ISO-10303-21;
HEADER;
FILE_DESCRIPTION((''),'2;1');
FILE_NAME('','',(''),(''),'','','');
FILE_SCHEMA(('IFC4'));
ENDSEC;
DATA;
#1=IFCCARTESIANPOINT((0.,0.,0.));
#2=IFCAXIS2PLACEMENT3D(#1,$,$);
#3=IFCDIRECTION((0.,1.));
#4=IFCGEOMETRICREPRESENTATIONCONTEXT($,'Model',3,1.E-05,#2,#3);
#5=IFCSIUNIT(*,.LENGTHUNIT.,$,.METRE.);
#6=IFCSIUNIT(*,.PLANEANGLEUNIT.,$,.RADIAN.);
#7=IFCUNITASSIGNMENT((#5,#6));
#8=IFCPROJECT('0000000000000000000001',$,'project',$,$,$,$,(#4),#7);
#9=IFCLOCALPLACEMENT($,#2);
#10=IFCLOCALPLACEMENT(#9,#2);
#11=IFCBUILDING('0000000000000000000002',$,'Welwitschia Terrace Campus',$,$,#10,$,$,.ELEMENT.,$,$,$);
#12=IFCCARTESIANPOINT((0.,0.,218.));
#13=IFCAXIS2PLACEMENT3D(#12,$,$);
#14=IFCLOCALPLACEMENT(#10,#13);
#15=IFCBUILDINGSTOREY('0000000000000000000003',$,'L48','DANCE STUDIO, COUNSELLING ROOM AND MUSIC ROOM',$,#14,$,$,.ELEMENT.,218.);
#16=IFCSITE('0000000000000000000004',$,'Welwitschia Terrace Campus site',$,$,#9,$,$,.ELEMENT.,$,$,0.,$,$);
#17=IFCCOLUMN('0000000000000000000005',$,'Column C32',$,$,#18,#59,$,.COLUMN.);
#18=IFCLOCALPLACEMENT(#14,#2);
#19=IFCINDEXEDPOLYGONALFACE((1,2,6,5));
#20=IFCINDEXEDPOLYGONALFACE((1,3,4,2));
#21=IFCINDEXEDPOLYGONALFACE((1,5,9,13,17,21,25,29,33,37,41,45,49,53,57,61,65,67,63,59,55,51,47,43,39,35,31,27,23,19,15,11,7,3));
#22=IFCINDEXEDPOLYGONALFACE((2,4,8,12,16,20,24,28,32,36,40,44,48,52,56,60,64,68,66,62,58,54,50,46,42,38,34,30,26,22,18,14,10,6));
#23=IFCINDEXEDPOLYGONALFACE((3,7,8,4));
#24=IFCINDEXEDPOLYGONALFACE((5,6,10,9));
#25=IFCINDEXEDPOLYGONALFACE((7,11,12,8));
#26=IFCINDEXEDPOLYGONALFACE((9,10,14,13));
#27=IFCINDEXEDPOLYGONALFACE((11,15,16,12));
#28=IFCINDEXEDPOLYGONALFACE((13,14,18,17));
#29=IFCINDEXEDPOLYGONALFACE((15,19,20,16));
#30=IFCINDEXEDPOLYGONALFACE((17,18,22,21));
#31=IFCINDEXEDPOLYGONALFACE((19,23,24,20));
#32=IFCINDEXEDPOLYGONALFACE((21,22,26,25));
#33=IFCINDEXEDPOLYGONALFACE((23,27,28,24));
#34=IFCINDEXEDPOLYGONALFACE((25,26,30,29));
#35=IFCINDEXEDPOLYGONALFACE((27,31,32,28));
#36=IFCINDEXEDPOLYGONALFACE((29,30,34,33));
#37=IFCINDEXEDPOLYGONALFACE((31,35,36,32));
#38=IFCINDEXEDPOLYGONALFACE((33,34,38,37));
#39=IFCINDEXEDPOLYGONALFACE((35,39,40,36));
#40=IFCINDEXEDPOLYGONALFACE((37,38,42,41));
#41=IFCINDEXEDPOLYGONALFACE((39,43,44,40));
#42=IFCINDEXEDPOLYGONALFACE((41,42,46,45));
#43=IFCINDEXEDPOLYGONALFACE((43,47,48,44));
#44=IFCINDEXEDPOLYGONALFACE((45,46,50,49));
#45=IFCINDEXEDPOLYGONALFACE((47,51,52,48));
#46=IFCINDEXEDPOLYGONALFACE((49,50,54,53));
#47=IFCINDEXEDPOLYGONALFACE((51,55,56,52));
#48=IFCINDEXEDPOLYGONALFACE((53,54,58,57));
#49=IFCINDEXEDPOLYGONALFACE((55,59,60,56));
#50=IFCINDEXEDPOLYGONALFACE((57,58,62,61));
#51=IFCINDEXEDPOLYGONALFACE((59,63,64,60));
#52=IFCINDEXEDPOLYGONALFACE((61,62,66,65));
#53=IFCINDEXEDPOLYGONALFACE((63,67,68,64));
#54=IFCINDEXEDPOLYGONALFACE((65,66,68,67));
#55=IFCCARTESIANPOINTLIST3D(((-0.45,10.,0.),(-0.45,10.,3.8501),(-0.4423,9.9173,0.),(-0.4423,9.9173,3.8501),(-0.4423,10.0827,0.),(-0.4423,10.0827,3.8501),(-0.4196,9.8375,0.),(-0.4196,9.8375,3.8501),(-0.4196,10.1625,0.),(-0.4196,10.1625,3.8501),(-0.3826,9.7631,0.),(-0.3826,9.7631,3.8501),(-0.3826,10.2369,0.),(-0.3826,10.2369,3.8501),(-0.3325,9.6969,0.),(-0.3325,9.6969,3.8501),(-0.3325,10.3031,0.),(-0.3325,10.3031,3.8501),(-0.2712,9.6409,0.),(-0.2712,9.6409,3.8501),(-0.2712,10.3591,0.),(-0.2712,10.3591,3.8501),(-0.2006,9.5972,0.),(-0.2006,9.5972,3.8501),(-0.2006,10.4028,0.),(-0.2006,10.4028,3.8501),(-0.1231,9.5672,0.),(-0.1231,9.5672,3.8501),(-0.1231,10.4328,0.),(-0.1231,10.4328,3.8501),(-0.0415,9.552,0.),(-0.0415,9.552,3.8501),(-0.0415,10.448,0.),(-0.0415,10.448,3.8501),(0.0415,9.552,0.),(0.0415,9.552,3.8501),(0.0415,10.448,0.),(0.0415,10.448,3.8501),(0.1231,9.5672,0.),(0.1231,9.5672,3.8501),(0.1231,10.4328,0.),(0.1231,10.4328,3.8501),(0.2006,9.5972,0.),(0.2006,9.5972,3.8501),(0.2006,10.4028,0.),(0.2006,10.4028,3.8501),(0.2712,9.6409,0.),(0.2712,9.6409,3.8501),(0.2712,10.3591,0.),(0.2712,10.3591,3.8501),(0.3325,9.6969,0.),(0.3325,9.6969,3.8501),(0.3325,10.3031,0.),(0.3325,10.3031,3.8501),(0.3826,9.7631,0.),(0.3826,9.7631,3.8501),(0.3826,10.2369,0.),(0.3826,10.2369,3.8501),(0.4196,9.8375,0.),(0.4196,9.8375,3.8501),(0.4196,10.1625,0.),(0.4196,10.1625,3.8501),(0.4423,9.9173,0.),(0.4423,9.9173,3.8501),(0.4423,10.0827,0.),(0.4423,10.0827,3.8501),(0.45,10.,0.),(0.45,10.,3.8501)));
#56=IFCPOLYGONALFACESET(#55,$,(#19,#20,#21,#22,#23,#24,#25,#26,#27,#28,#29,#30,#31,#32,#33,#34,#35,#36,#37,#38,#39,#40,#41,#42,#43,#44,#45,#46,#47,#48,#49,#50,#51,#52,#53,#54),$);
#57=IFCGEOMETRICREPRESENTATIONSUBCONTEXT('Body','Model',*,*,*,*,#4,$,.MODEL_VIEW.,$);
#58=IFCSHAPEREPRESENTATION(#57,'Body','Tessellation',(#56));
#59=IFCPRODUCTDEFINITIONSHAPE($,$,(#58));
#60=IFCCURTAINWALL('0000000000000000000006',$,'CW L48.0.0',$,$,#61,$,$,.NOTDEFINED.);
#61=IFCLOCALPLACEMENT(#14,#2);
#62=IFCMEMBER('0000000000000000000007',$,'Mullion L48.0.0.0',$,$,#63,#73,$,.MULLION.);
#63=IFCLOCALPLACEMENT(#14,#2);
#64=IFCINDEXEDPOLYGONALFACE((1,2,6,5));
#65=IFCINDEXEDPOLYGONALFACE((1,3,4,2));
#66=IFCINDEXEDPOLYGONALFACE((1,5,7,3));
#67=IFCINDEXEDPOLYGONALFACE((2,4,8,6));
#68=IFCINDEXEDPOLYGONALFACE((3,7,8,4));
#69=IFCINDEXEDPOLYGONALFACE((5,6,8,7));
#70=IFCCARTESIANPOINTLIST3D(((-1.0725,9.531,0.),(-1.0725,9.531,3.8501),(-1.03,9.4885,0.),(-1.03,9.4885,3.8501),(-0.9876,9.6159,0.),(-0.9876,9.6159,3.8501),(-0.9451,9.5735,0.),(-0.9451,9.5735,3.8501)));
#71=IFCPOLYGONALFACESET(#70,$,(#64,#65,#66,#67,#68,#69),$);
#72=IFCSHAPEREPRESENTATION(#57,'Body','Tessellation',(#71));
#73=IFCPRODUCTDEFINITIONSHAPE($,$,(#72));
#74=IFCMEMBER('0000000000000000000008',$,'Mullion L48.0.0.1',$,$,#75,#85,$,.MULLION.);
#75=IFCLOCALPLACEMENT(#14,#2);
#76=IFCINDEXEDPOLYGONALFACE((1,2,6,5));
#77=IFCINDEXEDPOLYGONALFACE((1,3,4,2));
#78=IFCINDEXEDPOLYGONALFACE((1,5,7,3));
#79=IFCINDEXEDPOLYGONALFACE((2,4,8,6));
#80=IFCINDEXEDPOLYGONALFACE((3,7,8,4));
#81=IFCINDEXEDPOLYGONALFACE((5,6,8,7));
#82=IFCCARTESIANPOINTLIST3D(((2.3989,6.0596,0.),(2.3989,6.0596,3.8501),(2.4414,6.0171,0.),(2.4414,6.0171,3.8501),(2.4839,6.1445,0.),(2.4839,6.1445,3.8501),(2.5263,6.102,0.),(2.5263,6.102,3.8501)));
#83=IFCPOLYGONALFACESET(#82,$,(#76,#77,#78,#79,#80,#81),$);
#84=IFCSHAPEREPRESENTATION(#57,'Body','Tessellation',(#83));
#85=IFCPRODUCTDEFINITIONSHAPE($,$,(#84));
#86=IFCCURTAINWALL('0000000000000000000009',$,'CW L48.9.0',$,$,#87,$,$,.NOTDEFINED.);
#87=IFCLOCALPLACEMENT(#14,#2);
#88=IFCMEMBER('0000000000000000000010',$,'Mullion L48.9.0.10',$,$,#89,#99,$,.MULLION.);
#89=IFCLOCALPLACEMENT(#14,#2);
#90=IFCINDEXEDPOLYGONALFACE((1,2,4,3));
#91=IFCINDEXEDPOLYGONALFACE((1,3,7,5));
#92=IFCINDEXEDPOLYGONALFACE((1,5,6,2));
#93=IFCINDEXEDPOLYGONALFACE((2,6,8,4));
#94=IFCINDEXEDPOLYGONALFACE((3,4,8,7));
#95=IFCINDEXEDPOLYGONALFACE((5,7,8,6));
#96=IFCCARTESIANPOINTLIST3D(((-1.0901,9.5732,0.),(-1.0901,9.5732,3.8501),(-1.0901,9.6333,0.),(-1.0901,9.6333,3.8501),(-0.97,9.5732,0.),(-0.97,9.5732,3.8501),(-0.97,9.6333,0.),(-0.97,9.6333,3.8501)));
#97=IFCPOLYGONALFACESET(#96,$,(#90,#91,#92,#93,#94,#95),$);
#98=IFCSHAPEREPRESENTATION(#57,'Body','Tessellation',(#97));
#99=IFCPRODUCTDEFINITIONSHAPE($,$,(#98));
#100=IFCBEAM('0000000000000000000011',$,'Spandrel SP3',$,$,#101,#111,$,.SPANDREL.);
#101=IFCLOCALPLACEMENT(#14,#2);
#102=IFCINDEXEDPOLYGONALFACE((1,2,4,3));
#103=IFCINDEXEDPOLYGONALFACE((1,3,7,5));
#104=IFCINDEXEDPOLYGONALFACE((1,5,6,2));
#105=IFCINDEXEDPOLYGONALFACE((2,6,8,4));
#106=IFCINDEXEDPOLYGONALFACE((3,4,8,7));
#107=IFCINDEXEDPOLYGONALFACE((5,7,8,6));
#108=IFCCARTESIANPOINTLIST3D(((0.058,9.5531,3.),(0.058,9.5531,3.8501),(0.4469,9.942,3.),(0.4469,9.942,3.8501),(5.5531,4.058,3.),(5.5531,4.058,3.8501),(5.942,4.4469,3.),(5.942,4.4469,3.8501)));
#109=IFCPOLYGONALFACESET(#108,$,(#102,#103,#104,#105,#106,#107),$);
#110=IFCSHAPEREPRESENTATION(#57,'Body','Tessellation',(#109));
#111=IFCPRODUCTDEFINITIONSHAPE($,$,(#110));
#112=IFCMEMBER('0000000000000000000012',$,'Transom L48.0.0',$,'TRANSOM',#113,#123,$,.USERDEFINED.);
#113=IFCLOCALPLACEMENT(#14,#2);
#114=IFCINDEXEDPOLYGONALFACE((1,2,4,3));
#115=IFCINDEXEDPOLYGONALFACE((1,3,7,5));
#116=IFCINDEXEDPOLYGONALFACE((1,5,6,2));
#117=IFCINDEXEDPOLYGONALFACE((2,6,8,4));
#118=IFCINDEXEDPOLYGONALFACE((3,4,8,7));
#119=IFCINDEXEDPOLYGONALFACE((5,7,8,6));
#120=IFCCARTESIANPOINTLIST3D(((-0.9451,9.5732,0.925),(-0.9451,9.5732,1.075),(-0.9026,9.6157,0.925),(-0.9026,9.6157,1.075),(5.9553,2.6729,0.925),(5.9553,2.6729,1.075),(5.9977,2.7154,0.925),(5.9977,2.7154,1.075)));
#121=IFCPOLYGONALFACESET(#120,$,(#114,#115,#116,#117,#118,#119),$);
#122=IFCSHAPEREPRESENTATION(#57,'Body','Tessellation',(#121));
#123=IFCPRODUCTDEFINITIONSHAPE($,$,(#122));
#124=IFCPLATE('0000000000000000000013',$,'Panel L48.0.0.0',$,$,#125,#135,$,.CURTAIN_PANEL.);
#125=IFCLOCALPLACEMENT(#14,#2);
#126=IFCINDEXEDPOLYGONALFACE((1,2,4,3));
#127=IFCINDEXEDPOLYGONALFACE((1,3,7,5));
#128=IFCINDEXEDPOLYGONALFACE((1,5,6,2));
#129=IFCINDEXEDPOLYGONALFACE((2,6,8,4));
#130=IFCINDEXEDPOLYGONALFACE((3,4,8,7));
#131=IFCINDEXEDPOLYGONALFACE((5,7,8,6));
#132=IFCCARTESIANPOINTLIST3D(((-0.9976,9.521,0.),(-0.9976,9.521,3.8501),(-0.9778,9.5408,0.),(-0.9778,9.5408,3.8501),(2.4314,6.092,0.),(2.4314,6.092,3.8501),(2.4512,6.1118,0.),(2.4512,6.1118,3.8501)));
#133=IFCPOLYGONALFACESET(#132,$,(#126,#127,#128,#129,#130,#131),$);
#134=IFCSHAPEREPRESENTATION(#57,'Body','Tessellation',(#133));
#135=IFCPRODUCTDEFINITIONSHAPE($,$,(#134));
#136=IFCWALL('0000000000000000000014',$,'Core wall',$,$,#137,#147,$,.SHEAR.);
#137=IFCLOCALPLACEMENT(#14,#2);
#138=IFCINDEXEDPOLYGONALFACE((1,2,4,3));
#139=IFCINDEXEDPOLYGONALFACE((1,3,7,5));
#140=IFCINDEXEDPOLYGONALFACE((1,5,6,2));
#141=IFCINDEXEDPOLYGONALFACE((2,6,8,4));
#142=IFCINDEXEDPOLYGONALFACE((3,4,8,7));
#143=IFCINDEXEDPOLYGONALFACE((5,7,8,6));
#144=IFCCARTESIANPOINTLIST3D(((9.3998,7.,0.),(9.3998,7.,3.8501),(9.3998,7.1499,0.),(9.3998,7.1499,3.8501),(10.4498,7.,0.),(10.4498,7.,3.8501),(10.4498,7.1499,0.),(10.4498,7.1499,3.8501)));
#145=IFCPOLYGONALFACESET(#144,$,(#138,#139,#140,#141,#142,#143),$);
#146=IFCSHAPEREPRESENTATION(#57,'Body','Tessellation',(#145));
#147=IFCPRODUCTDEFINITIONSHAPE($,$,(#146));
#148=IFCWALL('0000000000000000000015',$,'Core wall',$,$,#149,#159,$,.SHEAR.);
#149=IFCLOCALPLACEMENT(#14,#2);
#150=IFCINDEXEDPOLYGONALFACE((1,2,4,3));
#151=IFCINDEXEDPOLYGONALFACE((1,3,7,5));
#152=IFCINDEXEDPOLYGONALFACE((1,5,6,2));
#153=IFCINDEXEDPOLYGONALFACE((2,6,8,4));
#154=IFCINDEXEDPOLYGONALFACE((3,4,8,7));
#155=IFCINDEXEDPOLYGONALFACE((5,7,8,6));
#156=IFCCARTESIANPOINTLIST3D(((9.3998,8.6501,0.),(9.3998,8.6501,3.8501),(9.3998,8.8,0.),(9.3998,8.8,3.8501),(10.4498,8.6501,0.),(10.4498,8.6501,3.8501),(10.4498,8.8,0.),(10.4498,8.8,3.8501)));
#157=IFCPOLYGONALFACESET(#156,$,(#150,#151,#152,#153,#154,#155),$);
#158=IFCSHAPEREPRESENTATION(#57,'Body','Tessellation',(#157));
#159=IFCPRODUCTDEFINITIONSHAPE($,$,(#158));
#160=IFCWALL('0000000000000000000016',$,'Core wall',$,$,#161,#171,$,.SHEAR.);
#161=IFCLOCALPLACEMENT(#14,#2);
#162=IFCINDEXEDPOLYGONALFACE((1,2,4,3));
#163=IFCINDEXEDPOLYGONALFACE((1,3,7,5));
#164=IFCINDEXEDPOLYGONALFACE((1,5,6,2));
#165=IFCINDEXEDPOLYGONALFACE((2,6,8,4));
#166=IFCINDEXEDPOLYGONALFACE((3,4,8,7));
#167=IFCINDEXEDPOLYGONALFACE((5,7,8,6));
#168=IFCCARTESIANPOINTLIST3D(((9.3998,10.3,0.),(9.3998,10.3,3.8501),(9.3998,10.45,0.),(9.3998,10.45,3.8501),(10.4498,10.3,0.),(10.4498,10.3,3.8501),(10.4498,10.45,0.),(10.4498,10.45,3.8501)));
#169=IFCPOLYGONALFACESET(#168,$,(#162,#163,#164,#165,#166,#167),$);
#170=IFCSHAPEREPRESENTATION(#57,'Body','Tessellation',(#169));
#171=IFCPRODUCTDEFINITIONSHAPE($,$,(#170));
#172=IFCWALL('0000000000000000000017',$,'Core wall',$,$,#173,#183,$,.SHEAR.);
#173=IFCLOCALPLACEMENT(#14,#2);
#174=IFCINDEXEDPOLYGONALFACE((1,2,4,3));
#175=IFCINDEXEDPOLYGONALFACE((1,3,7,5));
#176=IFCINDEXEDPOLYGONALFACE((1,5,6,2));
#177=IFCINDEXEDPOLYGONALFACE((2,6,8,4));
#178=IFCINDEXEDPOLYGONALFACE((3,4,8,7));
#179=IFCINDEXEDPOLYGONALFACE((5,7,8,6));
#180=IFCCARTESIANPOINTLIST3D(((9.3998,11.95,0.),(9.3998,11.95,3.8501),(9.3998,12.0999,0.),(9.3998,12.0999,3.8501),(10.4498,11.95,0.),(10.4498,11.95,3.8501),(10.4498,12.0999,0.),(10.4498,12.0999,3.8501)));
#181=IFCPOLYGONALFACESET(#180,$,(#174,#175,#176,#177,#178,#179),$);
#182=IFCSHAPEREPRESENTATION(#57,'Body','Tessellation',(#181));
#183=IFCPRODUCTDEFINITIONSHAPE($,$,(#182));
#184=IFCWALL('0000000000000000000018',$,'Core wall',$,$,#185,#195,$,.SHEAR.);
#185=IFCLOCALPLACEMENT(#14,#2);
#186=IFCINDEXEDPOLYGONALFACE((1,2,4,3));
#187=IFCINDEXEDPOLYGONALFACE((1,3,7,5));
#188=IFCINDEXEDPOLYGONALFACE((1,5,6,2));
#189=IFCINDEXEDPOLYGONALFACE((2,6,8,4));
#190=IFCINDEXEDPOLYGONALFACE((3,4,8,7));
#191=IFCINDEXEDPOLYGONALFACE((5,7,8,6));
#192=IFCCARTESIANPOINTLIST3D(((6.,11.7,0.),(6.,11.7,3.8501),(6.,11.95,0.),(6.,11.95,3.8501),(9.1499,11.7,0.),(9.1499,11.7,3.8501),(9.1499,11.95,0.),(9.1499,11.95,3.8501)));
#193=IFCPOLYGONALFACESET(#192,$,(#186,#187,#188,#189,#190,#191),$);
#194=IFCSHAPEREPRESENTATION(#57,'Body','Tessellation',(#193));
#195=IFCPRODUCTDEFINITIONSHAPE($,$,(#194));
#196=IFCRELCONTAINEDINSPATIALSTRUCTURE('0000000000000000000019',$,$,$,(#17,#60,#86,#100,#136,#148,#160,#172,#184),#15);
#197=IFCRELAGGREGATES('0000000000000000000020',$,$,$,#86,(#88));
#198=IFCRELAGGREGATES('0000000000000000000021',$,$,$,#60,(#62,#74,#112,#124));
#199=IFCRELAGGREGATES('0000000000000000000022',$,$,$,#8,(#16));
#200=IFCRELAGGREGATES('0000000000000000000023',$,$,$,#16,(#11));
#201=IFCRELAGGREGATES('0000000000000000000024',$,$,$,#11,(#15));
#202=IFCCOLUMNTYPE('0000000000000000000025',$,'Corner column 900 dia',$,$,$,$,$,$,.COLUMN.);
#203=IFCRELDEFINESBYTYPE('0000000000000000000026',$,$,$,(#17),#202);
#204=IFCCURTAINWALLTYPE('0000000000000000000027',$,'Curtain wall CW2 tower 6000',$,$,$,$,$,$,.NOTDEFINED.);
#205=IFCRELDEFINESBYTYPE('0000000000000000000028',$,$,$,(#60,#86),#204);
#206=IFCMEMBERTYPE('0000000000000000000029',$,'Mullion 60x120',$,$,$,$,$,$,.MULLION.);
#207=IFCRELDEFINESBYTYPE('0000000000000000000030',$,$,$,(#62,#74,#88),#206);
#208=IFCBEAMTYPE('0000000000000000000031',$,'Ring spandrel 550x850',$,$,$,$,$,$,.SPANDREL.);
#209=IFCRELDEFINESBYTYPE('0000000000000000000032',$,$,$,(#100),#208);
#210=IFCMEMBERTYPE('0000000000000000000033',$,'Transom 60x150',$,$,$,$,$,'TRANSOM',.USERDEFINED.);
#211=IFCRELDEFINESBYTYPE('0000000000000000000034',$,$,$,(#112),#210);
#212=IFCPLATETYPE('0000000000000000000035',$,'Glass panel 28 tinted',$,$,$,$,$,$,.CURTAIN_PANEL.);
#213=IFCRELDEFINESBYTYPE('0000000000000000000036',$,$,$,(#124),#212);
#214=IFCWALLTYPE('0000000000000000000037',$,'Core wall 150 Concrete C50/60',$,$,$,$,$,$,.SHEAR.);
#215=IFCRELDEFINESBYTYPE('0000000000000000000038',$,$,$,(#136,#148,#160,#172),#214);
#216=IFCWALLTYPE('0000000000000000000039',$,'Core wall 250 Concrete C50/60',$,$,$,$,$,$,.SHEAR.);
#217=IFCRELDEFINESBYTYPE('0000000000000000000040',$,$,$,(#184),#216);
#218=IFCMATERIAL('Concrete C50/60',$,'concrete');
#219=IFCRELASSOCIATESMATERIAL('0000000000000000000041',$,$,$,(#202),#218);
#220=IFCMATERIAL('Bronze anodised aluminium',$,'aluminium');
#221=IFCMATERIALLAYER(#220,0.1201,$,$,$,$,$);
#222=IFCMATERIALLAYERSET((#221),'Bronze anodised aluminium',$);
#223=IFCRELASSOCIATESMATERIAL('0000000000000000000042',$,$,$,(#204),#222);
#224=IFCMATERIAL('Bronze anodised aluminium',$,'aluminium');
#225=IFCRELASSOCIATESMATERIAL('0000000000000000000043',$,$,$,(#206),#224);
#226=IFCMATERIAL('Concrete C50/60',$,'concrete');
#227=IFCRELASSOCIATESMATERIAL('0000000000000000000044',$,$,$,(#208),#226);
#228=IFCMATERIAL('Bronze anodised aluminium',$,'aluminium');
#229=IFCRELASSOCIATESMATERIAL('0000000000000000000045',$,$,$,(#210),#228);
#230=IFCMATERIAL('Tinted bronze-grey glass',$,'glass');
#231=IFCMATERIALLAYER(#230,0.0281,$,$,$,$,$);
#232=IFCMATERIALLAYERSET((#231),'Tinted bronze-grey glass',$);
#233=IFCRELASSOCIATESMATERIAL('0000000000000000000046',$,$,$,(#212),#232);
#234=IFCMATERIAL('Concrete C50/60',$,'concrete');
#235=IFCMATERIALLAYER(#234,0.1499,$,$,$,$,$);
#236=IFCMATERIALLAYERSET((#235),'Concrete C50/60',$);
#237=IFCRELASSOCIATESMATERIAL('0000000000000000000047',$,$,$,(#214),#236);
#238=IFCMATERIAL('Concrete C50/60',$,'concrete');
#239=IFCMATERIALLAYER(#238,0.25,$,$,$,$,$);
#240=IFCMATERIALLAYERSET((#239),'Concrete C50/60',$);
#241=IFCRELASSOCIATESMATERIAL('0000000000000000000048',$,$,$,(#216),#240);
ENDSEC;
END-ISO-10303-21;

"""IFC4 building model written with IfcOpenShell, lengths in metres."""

from ifc_helpers import new_model, si_unit, direction, frame, frame_2d, origin, origin_2d, place, context, subcontext, project, spatial, rectangle, circle, extrude, material, layer, layer_set, material_profile, profile_set, type_object, element, aggregate, save


model = new_model("IFC4")

# Units and contexts
model_context = context("Model", 3, precision=1e-05, world=origin(), true_north=direction((0.0, 1.0)))
body_context = subcontext(model_context, "Body", "Model", "MODEL_VIEW")
ifc_project = project(units=[si_unit("LENGTHUNIT", "METRE"), si_unit("PLANEANGLEUNIT", "RADIAN")], contexts=[model_context])

# Site, building, storey
site_placement = place(None, origin())
site = spatial("IfcSite", under=ifc_project, at=site_placement, Name="Welwitschia Terrace Campus site", CompositionType="ELEMENT", RefElevation=0.0)
building_placement = place(site_placement, origin())
building = spatial("IfcBuilding", under=site, at=building_placement, Name="Welwitschia Terrace Campus", CompositionType="ELEMENT")
storey_placement = place(building_placement, frame((0.0, 0.0, 218.0)))
storey = spatial("IfcBuildingStorey", under=building, at=storey_placement, Name="L48", Description="DANCE STUDIO, COUNSELLING ROOM AND MUSIC ROOM", CompositionType="ELEMENT", Elevation=218.0)

# Column
ifc_material_1 = material(Name="Concrete C50/60", Category="concrete")
ifc_material_profile_1 = material_profile(ifc_material_1, circle(Radius=0.45, at=origin_2d()))
ifc_profile_set_1 = profile_set([ifc_material_profile_1], Name="Concrete C50/60")
column_type = type_object("IfcColumnType", Name="Corner column 900 dia", PredefinedType="COLUMN", material=ifc_profile_set_1)
column_placement = place(storey_placement, frame((0.0, 10.0, 0.0), z_axis=(0.0, 0.0, 1.0), x_axis=(1.0, 0.0, 0.0)))
element("IfcColumn", 1, at=column_placement, inside=storey, type_object=column_type, Name="Column C32", PredefinedType="COLUMN", context=body_context, shape_type="SweptSolid", body=[
    extrude(circle(Radius=0.45, at=origin_2d()), origin(), (0.0, 0.0, 1.0), 3.8501),
])

# Curtain wall, members
ifc_material_2 = material(Name="Bronze anodised aluminium", Category="aluminium")
ifc_layer_1 = layer(ifc_material_2, 0.1201)
ifc_layer_set_1 = layer_set([ifc_layer_1], Name="Bronze anodised aluminium")
curtain_wall_type = type_object("IfcCurtainWallType", Name="Curtain wall CW2 tower 6000", PredefinedType="NOTDEFINED", material=ifc_layer_set_1)
curtain_wall_1_placement = place(storey_placement, origin())
curtain_wall_1 = element("IfcCurtainWall", 2, at=curtain_wall_1_placement, inside=storey, type_object=curtain_wall_type, Name="CW L48.0.0", PredefinedType="NOTDEFINED")
ifc_material_3 = material(Name="Bronze anodised aluminium", Category="aluminium")
ifc_material_profile_2 = material_profile(ifc_material_3, rectangle(XDim=0.1201, YDim=0.0601, at=origin_2d()))
ifc_profile_set_2 = profile_set([ifc_material_profile_2], Name="Bronze anodised aluminium")
member_type_1 = type_object("IfcMemberType", Name="Mullion 60x120", PredefinedType="MULLION", material=ifc_profile_set_2)
member_1_placement = place(storey_placement, frame((-1.0088, 9.5522, 0.0), z_axis=(0.0, 0.0, 1.0), x_axis=(0.707107, 0.707107, 0.0)))
member_1 = element("IfcMember", 3, at=member_1_placement, type_object=member_type_1, Name="Mullion L48.0.0.0", PredefinedType="MULLION", context=body_context, shape_type="SweptSolid", body=[
    extrude(rectangle(XDim=0.1201, YDim=0.0601, at=origin_2d()), origin(), (0.0, 0.0, 1.0), 3.8501),
])
member_2_placement = place(storey_placement, frame((2.4626, 6.0808, 0.0), z_axis=(0.0, 0.0, 1.0), x_axis=(0.707107, 0.707107, 0.0)))
member_2 = element("IfcMember", 4, at=member_2_placement, type_object=member_type_1, Name="Mullion L48.0.0.1", PredefinedType="MULLION", context=body_context, shape_type="SweptSolid", body=[
    extrude(rectangle(XDim=0.1201, YDim=0.0601, at=origin_2d()), origin(), (0.0, 0.0, 1.0), 3.8501),
])

# Curtain wall, member
curtain_wall_2_placement = place(storey_placement, origin())
curtain_wall_2 = element("IfcCurtainWall", 5, at=curtain_wall_2_placement, inside=storey, type_object=curtain_wall_type, Name="CW L48.9.0", PredefinedType="NOTDEFINED")
member_3_placement = place(storey_placement, frame((-1.03, 9.6033, 0.0), z_axis=(0.0, 0.0, 1.0), x_axis=(1.0, 0.0, 0.0)))
member_3 = element("IfcMember", 6, at=member_3_placement, type_object=member_type_1, Name="Mullion L48.9.0.10", PredefinedType="MULLION", context=body_context, shape_type="SweptSolid", body=[
    extrude(rectangle(XDim=0.1201, YDim=0.0601, at=origin_2d()), origin(), (0.0, 0.0, 1.0), 3.8501),
])
aggregate(curtain_wall_2, [member_3])

# Beam
ifc_material_4 = material(Name="Concrete C50/60", Category="concrete")
ifc_material_profile_3 = material_profile(ifc_material_4, rectangle(XDim=0.55, YDim=0.8501, at=origin_2d()))
ifc_profile_set_3 = profile_set([ifc_material_profile_3], Name="Concrete C50/60")
beam_type = type_object("IfcBeamType", Name="Ring spandrel 550x850", PredefinedType="SPANDREL", material=ifc_profile_set_3)
beam_placement = place(storey_placement, frame((0.2524, 9.7476, 3.425), z_axis=(0.707107, -0.707107, 0.0), x_axis=(0.707107, 0.707107, 0.0)))
element("IfcBeam", 7, at=beam_placement, inside=storey, type_object=beam_type, Name="Spandrel SP3", PredefinedType="SPANDREL", context=body_context, shape_type="SweptSolid", body=[
    extrude(rectangle(XDim=0.55, YDim=0.8501, at=origin_2d()), origin(), (0.0, 0.0, 1.0), 7.7712),
])

# Member
ifc_material_5 = material(Name="Bronze anodised aluminium", Category="aluminium")
ifc_material_profile_4 = material_profile(ifc_material_5, rectangle(XDim=0.0601, YDim=0.1499, at=origin_2d()))
ifc_profile_set_4 = profile_set([ifc_material_profile_4], Name="Bronze anodised aluminium")
member_type_2 = type_object("IfcMemberType", Name="Transom 60x150", ElementType="TRANSOM", PredefinedType="USERDEFINED", material=ifc_profile_set_4)
member_4_placement = place(storey_placement, frame((-0.9238, 9.5945, 1.0), z_axis=(0.707107, -0.707107, 0.0), x_axis=(0.707107, 0.707107, 0.0)))
member_4 = element("IfcMember", 8, at=member_4_placement, type_object=member_type_2, Name="Transom L48.0.0", ObjectType="TRANSOM", PredefinedType="USERDEFINED", context=body_context, shape_type="SweptSolid", body=[
    extrude(rectangle(XDim=0.0601, YDim=0.1499, at=origin_2d()), origin(), (0.0, 0.0, 1.0), 9.7585),
])

# Plate
ifc_material_6 = material(Name="Tinted bronze-grey glass", Category="glass")
ifc_layer_2 = layer(ifc_material_6, 0.0281)
ifc_layer_set_2 = layer_set([ifc_layer_2], Name="Tinted bronze-grey glass")
plate_type = type_object("IfcPlateType", Name="Glass panel 28 tinted", PredefinedType="CURTAIN_PANEL", material=ifc_layer_set_2)
plate_placement = place(storey_placement, frame((0.7268, 7.8164, 0.0), z_axis=(0.0, 0.0, 1.0), x_axis=(0.707107, -0.707107, 0.0)))
plate = element("IfcPlate", 9, at=plate_placement, type_object=plate_type, Name="Panel L48.0.0.0", PredefinedType="CURTAIN_PANEL", context=body_context, shape_type="SweptSolid", body=[
    extrude(rectangle(XDim=4.8494, YDim=0.0281, at=origin_2d()), origin(), (0.0, 0.0, 1.0), 3.8501),
])
aggregate(curtain_wall_1, [member_1, member_2, member_4, plate])

# Walls
ifc_material_7 = material(Name="Concrete C50/60", Category="concrete")
ifc_layer_3 = layer(ifc_material_7, 0.1499)
ifc_layer_set_3 = layer_set([ifc_layer_3], Name="Concrete C50/60")
wall_type_1 = type_object("IfcWallType", Name="Core wall 150 Concrete C50/60", PredefinedType="SHEAR", material=ifc_layer_set_3)
for number, where, z_axis, x_axis, name in (
    (10, (9.3999, 7.075, 0.0), (0.0, 0.0, 1.0), (1.0, 0.0, 0.0), "Core wall"),
    (11, (9.3999, 8.7251, 0.0), (0.0, 0.0, 1.0), (1.0, 0.0, 0.0), "Core wall"),
    (12, (9.3999, 10.375, 0.0), (0.0, 0.0, 1.0), (1.0, 0.0, 0.0), "Core wall"),
    (13, (9.3999, 12.0249, 0.0), (0.0, 0.0, 1.0), (1.0, 0.0, 0.0), "Core wall"),
):
    element("IfcWall", number, at=place(storey_placement, frame(where, z_axis=z_axis, x_axis=x_axis)), inside=storey, type_object=wall_type_1, Name=name, PredefinedType="SHEAR", context=body_context, shape_type="SweptSolid", body=[
        extrude(rectangle(XDim=1.05, YDim=0.1499, at=frame_2d((0.5249, 0.0))), origin(), (0.0, 0.0, 1.0), 3.8501),
    ])
ifc_material_8 = material(Name="Concrete C50/60", Category="concrete")
ifc_layer_4 = layer(ifc_material_8, 0.25)
ifc_layer_set_4 = layer_set([ifc_layer_4], Name="Concrete C50/60")
wall_type_2 = type_object("IfcWallType", Name="Core wall 250 Concrete C50/60", PredefinedType="SHEAR", material=ifc_layer_set_4)
wall_1_placement = place(storey_placement, frame((6.0, 11.825, 0.0), z_axis=(0.0, 0.0, 1.0), x_axis=(1.0, 0.0, 0.0)))
element("IfcWall", 14, at=wall_1_placement, inside=storey, type_object=wall_type_2, Name="Core wall", PredefinedType="SHEAR", context=body_context, shape_type="SweptSolid", body=[
    extrude(rectangle(XDim=3.1499, YDim=0.25, at=frame_2d((1.575, 0.0))), origin(), (0.0, 0.0, 1.0), 3.8501),
])

save(model, "model.ifc")
